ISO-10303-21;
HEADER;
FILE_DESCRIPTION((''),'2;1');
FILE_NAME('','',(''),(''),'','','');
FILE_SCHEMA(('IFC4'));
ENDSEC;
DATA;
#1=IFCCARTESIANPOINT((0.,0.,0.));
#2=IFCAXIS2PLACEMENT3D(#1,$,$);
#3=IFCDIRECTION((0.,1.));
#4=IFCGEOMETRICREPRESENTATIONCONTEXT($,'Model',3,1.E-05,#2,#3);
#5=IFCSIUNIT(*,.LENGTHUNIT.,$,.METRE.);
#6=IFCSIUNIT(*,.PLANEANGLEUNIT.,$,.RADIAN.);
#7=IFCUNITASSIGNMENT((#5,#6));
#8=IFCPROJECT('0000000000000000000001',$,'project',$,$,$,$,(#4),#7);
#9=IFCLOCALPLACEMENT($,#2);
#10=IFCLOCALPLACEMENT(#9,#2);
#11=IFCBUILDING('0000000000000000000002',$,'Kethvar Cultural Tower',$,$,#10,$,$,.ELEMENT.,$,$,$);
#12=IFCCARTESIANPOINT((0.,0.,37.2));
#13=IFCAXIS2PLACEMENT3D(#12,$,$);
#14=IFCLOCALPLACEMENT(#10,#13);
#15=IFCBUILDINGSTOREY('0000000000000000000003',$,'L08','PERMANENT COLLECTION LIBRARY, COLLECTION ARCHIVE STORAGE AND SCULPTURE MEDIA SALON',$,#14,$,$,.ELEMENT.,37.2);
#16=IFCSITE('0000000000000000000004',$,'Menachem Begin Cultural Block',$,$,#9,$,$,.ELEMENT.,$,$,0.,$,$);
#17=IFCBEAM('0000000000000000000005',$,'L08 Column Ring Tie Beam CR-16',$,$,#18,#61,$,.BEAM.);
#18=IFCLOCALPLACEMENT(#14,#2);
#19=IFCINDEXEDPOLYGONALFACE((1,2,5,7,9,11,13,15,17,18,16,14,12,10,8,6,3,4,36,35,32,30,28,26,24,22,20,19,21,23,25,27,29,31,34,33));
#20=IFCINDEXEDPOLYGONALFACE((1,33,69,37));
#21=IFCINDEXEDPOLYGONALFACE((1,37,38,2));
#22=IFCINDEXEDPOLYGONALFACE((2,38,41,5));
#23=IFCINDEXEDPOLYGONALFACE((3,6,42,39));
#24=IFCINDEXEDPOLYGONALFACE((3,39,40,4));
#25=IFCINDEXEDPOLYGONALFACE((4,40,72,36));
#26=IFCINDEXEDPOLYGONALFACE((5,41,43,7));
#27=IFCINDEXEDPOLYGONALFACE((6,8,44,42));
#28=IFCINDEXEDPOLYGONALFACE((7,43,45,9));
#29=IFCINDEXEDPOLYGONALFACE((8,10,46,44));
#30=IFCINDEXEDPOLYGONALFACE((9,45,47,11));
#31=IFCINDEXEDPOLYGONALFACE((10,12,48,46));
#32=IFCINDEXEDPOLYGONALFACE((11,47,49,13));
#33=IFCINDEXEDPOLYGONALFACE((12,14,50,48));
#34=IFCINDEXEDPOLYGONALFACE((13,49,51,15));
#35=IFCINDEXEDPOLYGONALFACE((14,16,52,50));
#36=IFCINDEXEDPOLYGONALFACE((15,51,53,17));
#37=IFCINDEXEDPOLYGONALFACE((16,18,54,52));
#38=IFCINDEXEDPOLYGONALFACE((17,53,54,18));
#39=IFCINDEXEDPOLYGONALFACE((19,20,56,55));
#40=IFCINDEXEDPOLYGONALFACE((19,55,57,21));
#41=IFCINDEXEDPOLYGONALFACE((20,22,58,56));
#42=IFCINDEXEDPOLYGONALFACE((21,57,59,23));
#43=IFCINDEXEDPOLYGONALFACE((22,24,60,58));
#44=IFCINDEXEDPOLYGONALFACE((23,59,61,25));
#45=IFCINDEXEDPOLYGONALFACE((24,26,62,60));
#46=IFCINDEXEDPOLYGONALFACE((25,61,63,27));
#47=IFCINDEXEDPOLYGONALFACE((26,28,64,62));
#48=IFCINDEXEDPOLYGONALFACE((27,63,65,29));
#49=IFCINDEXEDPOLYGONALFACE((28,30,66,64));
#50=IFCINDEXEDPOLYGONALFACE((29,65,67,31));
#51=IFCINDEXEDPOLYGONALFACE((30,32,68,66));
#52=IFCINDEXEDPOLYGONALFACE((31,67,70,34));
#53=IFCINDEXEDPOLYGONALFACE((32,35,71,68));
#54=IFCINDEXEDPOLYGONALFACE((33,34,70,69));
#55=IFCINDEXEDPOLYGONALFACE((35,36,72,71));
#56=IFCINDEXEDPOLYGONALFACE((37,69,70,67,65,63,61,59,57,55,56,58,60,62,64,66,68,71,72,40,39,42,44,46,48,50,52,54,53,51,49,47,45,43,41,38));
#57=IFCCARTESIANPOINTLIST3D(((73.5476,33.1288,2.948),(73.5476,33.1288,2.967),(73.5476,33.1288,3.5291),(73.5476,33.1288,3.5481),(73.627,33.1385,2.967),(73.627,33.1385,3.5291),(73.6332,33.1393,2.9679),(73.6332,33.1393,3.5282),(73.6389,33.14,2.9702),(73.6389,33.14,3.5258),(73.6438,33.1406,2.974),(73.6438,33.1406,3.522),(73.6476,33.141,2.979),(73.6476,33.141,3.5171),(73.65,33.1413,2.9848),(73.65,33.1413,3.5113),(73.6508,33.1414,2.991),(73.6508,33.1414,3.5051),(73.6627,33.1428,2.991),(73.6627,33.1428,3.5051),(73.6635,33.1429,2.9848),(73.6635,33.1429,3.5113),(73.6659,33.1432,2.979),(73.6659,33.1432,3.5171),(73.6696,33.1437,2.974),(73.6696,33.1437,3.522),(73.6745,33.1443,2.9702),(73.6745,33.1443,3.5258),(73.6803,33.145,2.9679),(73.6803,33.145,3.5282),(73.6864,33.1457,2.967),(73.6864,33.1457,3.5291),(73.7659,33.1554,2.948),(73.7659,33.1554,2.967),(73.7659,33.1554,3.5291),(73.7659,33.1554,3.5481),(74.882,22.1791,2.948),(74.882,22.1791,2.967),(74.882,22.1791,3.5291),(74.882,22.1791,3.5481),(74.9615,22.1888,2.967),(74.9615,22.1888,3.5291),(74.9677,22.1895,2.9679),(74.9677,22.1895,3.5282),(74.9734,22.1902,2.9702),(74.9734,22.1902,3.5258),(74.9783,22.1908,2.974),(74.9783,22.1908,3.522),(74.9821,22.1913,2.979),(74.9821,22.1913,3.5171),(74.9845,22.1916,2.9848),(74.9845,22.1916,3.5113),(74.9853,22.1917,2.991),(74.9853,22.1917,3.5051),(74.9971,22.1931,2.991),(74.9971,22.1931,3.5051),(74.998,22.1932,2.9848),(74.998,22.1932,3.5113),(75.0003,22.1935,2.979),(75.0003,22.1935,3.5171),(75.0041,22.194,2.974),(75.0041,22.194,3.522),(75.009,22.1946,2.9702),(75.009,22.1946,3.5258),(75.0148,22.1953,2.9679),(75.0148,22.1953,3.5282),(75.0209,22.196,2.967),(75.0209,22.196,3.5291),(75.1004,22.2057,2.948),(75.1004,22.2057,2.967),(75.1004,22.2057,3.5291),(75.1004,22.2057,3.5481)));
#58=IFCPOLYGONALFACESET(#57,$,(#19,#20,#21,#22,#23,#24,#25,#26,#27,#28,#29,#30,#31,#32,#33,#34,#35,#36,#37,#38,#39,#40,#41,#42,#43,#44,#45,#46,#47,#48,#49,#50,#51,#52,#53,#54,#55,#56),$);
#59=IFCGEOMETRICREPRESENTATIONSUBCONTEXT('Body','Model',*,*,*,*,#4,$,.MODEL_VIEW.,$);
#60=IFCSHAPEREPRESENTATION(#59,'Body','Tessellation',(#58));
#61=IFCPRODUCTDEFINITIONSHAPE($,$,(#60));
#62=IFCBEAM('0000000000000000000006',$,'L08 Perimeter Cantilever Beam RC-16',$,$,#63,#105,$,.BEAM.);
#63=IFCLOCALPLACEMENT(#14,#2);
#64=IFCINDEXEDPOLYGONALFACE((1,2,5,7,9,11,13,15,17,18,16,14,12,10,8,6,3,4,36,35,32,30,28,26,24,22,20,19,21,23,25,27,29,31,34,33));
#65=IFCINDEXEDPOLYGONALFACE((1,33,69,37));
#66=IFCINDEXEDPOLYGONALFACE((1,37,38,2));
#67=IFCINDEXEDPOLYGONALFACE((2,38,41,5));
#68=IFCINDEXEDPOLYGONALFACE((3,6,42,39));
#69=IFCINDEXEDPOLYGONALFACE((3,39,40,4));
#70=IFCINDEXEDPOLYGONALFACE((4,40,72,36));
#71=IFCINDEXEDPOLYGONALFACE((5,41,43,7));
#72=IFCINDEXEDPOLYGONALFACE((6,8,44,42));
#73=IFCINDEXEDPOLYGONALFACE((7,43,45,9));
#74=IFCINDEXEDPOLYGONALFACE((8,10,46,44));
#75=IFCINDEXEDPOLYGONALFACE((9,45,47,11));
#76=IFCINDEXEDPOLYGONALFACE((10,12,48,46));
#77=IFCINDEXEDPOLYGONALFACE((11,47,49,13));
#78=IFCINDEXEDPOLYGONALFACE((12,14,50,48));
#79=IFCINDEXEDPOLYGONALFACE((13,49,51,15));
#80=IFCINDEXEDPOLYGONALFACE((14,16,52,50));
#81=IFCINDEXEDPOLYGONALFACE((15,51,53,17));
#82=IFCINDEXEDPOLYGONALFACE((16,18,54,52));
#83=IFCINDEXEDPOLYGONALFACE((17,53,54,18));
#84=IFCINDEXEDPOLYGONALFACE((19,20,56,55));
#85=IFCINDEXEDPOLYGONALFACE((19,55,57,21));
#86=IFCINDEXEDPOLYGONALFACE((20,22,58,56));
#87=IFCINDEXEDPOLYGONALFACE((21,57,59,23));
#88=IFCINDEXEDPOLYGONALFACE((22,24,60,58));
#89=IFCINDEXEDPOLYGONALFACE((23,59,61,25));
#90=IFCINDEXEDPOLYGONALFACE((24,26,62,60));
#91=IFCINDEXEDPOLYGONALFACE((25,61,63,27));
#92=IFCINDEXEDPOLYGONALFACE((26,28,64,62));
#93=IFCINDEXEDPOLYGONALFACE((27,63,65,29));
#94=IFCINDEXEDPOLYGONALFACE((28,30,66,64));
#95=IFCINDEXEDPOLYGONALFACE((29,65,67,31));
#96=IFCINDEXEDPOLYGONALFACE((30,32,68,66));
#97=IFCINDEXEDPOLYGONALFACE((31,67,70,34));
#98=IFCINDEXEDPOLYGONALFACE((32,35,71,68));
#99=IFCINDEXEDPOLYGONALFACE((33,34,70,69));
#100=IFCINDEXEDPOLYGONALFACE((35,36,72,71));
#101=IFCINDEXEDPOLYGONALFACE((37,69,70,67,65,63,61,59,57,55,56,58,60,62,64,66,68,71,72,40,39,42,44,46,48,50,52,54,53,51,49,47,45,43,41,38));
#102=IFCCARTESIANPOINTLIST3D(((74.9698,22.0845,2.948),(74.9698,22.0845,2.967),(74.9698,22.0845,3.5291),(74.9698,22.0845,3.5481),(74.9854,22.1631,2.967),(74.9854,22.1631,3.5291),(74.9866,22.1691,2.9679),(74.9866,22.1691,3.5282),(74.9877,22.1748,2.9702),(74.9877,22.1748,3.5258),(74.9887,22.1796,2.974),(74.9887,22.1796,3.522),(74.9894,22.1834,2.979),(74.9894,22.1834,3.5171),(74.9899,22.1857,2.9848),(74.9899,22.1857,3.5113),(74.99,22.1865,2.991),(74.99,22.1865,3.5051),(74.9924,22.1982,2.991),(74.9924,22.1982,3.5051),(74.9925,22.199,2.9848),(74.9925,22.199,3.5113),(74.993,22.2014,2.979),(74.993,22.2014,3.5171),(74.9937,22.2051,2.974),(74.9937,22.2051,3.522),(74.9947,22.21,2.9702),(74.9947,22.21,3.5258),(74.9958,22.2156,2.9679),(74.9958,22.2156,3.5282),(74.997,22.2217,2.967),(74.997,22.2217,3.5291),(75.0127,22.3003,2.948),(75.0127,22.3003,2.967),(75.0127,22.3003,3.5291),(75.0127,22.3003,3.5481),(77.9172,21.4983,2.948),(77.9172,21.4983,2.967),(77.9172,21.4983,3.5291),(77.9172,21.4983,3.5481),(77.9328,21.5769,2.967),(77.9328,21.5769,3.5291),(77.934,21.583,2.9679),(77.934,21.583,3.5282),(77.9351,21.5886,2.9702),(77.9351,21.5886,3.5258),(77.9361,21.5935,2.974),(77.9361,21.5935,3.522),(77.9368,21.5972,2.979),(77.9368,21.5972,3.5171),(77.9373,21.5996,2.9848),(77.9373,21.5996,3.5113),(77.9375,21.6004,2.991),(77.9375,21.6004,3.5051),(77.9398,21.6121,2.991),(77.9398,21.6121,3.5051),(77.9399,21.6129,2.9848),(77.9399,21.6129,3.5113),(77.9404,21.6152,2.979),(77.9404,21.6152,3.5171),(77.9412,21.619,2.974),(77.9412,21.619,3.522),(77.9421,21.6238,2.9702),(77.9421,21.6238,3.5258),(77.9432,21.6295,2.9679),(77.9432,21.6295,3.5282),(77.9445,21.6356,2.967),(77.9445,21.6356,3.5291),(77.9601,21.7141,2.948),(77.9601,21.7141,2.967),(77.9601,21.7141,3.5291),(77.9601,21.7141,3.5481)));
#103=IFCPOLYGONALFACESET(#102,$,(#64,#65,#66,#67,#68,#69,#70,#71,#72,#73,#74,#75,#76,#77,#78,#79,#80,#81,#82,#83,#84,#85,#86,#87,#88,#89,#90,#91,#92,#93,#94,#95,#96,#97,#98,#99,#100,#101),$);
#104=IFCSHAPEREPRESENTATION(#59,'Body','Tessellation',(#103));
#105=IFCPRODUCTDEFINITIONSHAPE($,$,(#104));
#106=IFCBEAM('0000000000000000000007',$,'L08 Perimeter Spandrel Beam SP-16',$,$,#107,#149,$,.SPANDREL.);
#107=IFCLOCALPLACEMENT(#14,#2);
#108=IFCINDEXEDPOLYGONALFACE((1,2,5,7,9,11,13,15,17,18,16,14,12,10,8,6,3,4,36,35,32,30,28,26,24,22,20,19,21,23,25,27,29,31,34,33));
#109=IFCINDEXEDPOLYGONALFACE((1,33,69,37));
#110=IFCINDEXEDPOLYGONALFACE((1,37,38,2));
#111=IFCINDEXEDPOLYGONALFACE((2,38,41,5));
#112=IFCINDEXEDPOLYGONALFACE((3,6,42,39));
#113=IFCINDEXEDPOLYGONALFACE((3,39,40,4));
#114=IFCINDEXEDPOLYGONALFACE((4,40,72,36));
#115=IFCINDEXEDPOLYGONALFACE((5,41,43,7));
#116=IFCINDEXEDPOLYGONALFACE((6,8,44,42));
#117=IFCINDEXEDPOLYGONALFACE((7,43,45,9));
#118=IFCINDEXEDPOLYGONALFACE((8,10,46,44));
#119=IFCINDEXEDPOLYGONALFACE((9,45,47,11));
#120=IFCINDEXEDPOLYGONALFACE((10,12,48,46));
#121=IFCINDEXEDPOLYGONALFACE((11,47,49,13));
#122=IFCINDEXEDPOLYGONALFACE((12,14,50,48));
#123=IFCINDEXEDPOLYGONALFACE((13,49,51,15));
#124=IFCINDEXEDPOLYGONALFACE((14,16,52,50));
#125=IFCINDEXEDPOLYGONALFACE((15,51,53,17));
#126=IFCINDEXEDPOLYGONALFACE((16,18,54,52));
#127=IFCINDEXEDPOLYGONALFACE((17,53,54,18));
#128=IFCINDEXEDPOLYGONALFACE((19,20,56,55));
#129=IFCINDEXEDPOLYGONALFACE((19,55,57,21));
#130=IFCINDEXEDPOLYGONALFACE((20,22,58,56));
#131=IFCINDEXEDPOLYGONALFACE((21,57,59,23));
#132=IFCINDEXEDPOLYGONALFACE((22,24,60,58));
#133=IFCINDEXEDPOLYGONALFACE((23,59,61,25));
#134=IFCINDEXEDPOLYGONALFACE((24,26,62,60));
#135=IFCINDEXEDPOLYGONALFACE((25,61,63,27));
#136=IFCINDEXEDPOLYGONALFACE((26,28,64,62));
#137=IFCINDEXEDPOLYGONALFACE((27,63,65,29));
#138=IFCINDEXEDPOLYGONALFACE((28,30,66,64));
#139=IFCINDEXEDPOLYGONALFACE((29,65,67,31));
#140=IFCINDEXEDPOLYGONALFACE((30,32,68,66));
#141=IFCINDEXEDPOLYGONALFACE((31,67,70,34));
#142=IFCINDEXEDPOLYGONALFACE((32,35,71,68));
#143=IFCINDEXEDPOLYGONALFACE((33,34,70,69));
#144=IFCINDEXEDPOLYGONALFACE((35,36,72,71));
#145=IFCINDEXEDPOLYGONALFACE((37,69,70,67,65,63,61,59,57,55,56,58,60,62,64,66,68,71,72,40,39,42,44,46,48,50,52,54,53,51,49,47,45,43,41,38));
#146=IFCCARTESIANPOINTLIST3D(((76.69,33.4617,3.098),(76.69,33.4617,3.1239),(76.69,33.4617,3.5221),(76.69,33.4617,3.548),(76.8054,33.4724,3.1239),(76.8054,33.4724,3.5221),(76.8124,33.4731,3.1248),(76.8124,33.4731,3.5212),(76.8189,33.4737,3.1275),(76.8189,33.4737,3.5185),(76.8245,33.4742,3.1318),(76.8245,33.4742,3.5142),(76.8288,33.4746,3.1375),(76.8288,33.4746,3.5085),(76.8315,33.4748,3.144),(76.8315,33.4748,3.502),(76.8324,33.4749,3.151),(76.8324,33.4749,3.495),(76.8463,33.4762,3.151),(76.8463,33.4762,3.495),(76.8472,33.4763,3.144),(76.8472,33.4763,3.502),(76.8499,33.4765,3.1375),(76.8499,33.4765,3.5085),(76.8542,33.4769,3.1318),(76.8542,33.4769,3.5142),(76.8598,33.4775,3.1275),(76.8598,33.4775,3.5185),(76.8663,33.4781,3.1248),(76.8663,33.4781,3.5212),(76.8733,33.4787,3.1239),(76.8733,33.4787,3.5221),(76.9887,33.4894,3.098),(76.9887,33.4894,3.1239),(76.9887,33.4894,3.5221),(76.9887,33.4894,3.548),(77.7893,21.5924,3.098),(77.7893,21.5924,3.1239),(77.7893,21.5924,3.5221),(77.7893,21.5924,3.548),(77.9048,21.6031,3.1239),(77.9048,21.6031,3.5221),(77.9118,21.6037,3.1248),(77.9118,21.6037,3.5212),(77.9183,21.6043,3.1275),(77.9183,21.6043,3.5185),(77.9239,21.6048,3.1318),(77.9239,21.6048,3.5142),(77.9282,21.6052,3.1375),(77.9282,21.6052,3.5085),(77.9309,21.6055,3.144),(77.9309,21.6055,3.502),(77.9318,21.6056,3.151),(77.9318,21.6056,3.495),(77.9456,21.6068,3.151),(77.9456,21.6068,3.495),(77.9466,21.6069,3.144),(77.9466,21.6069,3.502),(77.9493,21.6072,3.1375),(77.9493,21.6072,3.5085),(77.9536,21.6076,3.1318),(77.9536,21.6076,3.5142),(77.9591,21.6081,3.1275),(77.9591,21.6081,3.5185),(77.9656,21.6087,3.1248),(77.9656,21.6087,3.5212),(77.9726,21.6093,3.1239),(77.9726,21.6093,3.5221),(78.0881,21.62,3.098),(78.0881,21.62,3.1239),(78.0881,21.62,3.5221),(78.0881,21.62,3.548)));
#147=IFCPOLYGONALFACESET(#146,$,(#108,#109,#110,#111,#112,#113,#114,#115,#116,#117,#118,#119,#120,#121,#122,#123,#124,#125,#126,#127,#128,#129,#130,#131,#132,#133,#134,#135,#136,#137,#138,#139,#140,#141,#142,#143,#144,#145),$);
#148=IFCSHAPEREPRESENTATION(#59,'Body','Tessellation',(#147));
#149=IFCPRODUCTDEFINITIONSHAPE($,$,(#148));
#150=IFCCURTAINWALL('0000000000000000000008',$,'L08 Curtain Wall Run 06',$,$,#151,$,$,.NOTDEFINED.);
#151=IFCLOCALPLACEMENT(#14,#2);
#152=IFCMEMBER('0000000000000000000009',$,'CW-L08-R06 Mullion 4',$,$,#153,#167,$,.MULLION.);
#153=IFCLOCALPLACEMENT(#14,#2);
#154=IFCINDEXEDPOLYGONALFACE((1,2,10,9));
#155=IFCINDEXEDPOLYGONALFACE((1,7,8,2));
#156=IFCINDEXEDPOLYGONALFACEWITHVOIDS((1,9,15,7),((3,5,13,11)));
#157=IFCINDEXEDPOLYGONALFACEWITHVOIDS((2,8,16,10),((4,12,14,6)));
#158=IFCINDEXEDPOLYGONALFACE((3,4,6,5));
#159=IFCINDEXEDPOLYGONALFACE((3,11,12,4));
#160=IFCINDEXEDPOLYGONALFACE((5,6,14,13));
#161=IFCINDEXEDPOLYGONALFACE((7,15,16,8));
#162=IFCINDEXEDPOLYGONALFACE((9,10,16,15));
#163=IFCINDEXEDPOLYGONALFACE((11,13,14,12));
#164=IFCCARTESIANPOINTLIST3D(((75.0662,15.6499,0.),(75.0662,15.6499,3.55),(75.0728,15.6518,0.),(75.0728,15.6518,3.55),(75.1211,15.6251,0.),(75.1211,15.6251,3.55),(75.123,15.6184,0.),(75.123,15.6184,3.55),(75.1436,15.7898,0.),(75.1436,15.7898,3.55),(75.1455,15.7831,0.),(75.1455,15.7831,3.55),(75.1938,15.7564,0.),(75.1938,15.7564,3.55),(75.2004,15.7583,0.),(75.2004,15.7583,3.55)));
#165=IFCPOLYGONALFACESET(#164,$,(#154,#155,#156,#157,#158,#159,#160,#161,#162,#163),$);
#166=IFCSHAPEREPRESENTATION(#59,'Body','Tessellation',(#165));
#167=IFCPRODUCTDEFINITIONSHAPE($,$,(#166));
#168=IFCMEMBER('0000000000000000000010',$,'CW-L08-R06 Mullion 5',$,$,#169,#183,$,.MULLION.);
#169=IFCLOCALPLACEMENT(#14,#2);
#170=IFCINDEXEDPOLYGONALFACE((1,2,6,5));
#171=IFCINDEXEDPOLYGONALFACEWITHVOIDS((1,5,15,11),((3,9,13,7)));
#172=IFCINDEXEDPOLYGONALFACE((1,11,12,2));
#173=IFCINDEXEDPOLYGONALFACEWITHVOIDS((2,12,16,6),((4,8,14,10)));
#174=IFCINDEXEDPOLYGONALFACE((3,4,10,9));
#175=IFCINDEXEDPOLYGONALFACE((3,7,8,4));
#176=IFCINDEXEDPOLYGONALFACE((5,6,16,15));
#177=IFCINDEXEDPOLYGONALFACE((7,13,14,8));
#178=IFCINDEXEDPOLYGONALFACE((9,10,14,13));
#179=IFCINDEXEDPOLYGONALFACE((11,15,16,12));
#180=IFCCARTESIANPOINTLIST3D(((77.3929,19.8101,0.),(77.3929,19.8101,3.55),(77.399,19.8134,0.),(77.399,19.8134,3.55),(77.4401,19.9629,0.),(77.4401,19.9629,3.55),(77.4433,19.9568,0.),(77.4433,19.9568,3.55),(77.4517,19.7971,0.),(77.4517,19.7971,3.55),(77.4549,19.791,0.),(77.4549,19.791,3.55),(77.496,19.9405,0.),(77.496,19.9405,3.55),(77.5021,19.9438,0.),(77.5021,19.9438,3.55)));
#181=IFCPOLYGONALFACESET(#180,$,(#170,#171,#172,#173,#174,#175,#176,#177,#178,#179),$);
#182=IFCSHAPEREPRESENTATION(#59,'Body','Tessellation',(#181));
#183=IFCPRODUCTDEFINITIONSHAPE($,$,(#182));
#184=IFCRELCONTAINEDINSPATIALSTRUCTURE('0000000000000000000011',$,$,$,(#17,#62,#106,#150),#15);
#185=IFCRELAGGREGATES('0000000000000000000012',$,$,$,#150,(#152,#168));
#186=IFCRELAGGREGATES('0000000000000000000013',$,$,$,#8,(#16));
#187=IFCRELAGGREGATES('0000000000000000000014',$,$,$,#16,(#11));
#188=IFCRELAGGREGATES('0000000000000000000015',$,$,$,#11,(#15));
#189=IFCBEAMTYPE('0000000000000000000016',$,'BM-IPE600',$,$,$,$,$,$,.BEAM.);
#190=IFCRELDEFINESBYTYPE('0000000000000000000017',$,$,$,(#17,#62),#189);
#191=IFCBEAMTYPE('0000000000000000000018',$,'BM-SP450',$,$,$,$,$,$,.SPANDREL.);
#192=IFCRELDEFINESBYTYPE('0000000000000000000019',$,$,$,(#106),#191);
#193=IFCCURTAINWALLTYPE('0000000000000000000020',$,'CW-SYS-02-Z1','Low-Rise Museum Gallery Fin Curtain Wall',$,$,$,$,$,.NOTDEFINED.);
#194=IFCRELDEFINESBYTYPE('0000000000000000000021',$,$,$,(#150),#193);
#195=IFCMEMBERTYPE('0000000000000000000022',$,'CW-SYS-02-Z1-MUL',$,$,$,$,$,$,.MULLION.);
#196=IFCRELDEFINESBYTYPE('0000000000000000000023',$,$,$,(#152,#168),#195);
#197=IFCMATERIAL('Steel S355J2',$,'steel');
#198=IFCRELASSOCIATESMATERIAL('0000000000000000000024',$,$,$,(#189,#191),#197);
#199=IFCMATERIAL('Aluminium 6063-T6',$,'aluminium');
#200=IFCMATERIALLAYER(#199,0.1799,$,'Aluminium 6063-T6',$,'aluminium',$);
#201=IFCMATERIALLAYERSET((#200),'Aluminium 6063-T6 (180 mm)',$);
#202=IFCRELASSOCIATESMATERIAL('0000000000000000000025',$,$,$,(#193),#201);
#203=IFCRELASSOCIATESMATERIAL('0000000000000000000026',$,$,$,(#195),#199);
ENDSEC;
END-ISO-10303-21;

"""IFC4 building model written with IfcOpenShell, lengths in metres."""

from ifc_helpers import new_model, si_unit, direction, frame, origin, origin_2d, place, context, subcontext, project, spatial, hollow_rectangle, i_section, extrude, source, transform, mapped, material, layer, layer_set, material_profile, profile_set, type_object, element, aggregate, save


model = new_model("IFC4")

# Units and contexts
model_context = context("Model", 3, precision=1e-05, world=origin(), true_north=direction((0.0, 1.0)))
body_context = subcontext(model_context, "Body", "Model", "MODEL_VIEW")
ifc_project = project(units=[si_unit("LENGTHUNIT", "METRE"), si_unit("PLANEANGLEUNIT", "RADIAN")], contexts=[model_context])

# Site, building, storey
site_placement = place(None, origin())
site = spatial("IfcSite", under=ifc_project, at=site_placement, Name="Menachem Begin Cultural Block", CompositionType="ELEMENT", RefElevation=0.0)
building_placement = place(site_placement, origin())
building = spatial("IfcBuilding", under=site, at=building_placement, Name="Kethvar Cultural Tower", CompositionType="ELEMENT")
storey_placement = place(building_placement, frame((0.0, 0.0, 37.2)))
storey = spatial("IfcBuildingStorey", under=building, at=storey_placement, Name="L08", Description="PERMANENT COLLECTION LIBRARY, COLLECTION ARCHIVE STORAGE AND SCULPTURE MEDIA SALON", CompositionType="ELEMENT", Elevation=37.2)

# Beams
ifc_material_1 = material(Name="Steel S355J2", Category="steel")
ifc_material_profile_1 = material_profile(ifc_material_1, i_section(OverallWidth=0.22, OverallDepth=0.6001, WebThickness=0.012, FlangeThickness=0.019, FilletRadius=0.0239, at=origin_2d()), Name="Steel S355J2 — IPE600")
ifc_profile_set_1 = profile_set([ifc_material_profile_1], Name="Steel S355J2 — IPE600")
beam_type_1 = type_object("IfcBeamType", Name="BM-IPE600", PredefinedType="BEAM", material=ifc_profile_set_1)
shared_shape_1 = source(origin(), body_context, "Body", "SweptSolid", [
    extrude(i_section(OverallWidth=0.22, OverallDepth=0.6001, WebThickness=0.012, FlangeThickness=0.019, FilletRadius=0.0239, at=origin_2d()), origin(), (0.0, 0.0, 1.0), 11.0308),
])
beam_1_placement = place(storey_placement, frame((74.9912, 22.1924, 3.248), z_axis=(-0.120978, 0.992655, 0.0), x_axis=(-0.992655, -0.120978, 0.0)))
element("IfcBeam", 1, at=beam_1_placement, inside=storey, type_object=beam_type_1, Name="L08 Column Ring Tie Beam CR-16", PredefinedType="BEAM", context=body_context, shape_type="MappedRepresentation", body=[
    mapped(shared_shape_1, transform((0.0, 0.0, 0.0), scale=1.0)),
])
shared_shape_2 = source(origin(), body_context, "Body", "SweptSolid", [
    extrude(i_section(OverallWidth=0.22, OverallDepth=0.6001, WebThickness=0.012, FlangeThickness=0.019, FilletRadius=0.0239, at=origin_2d()), origin(), (0.0, 0.0, 1.0), 3.0051),
])
beam_2_placement = place(storey_placement, frame((74.9912, 22.1924, 3.248), z_axis=(0.980793, -0.195054, 0.0), x_axis=(0.195054, 0.980793, 0.0)))
element("IfcBeam", 2, at=beam_2_placement, inside=storey, type_object=beam_type_1, Name="L08 Perimeter Cantilever Beam RC-16", PredefinedType="BEAM", context=body_context, shape_type="MappedRepresentation", body=[
    mapped(shared_shape_2, transform((0.0, 0.0, 0.0), scale=1.0)),
])
ifc_material_profile_2 = material_profile(ifc_material_1, i_section(OverallWidth=0.3, OverallDepth=0.45, WebThickness=0.0139, FlangeThickness=0.0259, FilletRadius=0.0271, at=origin_2d()), Name="Steel S355J2 — HEB450")
ifc_profile_set_2 = profile_set([ifc_material_profile_2], Name="Steel S355J2 — HEB450")
beam_type_2 = type_object("IfcBeamType", Name="BM-SP450", PredefinedType="SPANDREL", material=ifc_profile_set_2)
shared_shape_3 = source(origin(), body_context, "Body", "SweptSolid", [
    extrude(i_section(OverallWidth=0.3, OverallDepth=0.45, WebThickness=0.0139, FlangeThickness=0.0259, FilletRadius=0.0271, at=origin_2d()), origin(), (0.0, 0.0, 1.0), 11.9202),
])
beam_3_placement = place(storey_placement, frame((77.9387, 21.6062, 3.323), z_axis=(-0.092227, 0.995738, 0.0), x_axis=(-0.995738, -0.092227, 0.0)))
element("IfcBeam", 3, at=beam_3_placement, inside=storey, type_object=beam_type_2, Name="L08 Perimeter Spandrel Beam SP-16", PredefinedType="SPANDREL", context=body_context, shape_type="MappedRepresentation", body=[
    mapped(shared_shape_3, transform((0.0, 0.0, 0.0), scale=1.0)),
])

# Curtain wall, members
ifc_material_2 = material(Name="Aluminium 6063-T6", Category="aluminium")
ifc_layer_1 = layer(ifc_material_2, 0.1799, Name="Aluminium 6063-T6", Category="aluminium")
ifc_layer_set_1 = layer_set([ifc_layer_1], Name="Aluminium 6063-T6 (180 mm)")
curtain_wall_type = type_object("IfcCurtainWallType", Name="CW-SYS-02-Z1", Description="Low-Rise Museum Gallery Fin Curtain Wall", PredefinedType="NOTDEFINED", material=ifc_layer_set_1)
curtain_wall_placement = place(storey_placement, origin())
curtain_wall = element("IfcCurtainWall", 4, at=curtain_wall_placement, inside=storey, type_object=curtain_wall_type, Name="L08 Curtain Wall Run 06", PredefinedType="NOTDEFINED")
ifc_material_profile_3 = material_profile(ifc_material_2, hollow_rectangle(XDim=0.0649, YDim=0.1599, WallThickness=0.0049, at=origin_2d()), Name="Aluminium 6063-T6 — RHS160x65x5")
ifc_profile_set_3 = profile_set([ifc_material_profile_3], Name="Aluminium 6063-T6 — RHS160x65x5")
member_type_1 = type_object("IfcMemberType", Name="CW-SYS-02-Z1-MUL", PredefinedType="MULLION", material=ifc_profile_set_3)
shared_shape_4 = source(origin(), body_context, "Body", "SweptSolid", [
    extrude(hollow_rectangle(XDim=0.0649, YDim=0.1599, WallThickness=0.0049, at=origin_2d()), origin(), (0.0, 0.0, 1.0), 3.55),
])
member_1_placement = place(storey_placement, frame((75.1333, 15.7041, 0.0), z_axis=(0.0, 0.0, 1.0), x_axis=(-0.87478, 0.48452, 0.0)))
member_1 = element("IfcMember", 5, at=member_1_placement, type_object=member_type_1, Name="CW-L08-R06 Mullion 4", PredefinedType="MULLION", context=body_context, shape_type="MappedRepresentation", body=[
    mapped(shared_shape_4, transform((0.0, 0.0, 0.0), scale=1.0)),
])
member_2_placement = place(storey_placement, frame((77.4475, 19.877, 0.0), z_axis=(0.0, 0.0, 1.0), x_axis=(-0.955412, 0.295275, 0.0)))
member_2 = element("IfcMember", 6, at=member_2_placement, type_object=member_type_1, Name="CW-L08-R06 Mullion 5", PredefinedType="MULLION", context=body_context, shape_type="MappedRepresentation", body=[
    mapped(shared_shape_4, transform((0.0, 0.0, 0.0), scale=1.0)),
])
aggregate(curtain_wall, [member_1, member_2])

save(model, "model.ifc")
